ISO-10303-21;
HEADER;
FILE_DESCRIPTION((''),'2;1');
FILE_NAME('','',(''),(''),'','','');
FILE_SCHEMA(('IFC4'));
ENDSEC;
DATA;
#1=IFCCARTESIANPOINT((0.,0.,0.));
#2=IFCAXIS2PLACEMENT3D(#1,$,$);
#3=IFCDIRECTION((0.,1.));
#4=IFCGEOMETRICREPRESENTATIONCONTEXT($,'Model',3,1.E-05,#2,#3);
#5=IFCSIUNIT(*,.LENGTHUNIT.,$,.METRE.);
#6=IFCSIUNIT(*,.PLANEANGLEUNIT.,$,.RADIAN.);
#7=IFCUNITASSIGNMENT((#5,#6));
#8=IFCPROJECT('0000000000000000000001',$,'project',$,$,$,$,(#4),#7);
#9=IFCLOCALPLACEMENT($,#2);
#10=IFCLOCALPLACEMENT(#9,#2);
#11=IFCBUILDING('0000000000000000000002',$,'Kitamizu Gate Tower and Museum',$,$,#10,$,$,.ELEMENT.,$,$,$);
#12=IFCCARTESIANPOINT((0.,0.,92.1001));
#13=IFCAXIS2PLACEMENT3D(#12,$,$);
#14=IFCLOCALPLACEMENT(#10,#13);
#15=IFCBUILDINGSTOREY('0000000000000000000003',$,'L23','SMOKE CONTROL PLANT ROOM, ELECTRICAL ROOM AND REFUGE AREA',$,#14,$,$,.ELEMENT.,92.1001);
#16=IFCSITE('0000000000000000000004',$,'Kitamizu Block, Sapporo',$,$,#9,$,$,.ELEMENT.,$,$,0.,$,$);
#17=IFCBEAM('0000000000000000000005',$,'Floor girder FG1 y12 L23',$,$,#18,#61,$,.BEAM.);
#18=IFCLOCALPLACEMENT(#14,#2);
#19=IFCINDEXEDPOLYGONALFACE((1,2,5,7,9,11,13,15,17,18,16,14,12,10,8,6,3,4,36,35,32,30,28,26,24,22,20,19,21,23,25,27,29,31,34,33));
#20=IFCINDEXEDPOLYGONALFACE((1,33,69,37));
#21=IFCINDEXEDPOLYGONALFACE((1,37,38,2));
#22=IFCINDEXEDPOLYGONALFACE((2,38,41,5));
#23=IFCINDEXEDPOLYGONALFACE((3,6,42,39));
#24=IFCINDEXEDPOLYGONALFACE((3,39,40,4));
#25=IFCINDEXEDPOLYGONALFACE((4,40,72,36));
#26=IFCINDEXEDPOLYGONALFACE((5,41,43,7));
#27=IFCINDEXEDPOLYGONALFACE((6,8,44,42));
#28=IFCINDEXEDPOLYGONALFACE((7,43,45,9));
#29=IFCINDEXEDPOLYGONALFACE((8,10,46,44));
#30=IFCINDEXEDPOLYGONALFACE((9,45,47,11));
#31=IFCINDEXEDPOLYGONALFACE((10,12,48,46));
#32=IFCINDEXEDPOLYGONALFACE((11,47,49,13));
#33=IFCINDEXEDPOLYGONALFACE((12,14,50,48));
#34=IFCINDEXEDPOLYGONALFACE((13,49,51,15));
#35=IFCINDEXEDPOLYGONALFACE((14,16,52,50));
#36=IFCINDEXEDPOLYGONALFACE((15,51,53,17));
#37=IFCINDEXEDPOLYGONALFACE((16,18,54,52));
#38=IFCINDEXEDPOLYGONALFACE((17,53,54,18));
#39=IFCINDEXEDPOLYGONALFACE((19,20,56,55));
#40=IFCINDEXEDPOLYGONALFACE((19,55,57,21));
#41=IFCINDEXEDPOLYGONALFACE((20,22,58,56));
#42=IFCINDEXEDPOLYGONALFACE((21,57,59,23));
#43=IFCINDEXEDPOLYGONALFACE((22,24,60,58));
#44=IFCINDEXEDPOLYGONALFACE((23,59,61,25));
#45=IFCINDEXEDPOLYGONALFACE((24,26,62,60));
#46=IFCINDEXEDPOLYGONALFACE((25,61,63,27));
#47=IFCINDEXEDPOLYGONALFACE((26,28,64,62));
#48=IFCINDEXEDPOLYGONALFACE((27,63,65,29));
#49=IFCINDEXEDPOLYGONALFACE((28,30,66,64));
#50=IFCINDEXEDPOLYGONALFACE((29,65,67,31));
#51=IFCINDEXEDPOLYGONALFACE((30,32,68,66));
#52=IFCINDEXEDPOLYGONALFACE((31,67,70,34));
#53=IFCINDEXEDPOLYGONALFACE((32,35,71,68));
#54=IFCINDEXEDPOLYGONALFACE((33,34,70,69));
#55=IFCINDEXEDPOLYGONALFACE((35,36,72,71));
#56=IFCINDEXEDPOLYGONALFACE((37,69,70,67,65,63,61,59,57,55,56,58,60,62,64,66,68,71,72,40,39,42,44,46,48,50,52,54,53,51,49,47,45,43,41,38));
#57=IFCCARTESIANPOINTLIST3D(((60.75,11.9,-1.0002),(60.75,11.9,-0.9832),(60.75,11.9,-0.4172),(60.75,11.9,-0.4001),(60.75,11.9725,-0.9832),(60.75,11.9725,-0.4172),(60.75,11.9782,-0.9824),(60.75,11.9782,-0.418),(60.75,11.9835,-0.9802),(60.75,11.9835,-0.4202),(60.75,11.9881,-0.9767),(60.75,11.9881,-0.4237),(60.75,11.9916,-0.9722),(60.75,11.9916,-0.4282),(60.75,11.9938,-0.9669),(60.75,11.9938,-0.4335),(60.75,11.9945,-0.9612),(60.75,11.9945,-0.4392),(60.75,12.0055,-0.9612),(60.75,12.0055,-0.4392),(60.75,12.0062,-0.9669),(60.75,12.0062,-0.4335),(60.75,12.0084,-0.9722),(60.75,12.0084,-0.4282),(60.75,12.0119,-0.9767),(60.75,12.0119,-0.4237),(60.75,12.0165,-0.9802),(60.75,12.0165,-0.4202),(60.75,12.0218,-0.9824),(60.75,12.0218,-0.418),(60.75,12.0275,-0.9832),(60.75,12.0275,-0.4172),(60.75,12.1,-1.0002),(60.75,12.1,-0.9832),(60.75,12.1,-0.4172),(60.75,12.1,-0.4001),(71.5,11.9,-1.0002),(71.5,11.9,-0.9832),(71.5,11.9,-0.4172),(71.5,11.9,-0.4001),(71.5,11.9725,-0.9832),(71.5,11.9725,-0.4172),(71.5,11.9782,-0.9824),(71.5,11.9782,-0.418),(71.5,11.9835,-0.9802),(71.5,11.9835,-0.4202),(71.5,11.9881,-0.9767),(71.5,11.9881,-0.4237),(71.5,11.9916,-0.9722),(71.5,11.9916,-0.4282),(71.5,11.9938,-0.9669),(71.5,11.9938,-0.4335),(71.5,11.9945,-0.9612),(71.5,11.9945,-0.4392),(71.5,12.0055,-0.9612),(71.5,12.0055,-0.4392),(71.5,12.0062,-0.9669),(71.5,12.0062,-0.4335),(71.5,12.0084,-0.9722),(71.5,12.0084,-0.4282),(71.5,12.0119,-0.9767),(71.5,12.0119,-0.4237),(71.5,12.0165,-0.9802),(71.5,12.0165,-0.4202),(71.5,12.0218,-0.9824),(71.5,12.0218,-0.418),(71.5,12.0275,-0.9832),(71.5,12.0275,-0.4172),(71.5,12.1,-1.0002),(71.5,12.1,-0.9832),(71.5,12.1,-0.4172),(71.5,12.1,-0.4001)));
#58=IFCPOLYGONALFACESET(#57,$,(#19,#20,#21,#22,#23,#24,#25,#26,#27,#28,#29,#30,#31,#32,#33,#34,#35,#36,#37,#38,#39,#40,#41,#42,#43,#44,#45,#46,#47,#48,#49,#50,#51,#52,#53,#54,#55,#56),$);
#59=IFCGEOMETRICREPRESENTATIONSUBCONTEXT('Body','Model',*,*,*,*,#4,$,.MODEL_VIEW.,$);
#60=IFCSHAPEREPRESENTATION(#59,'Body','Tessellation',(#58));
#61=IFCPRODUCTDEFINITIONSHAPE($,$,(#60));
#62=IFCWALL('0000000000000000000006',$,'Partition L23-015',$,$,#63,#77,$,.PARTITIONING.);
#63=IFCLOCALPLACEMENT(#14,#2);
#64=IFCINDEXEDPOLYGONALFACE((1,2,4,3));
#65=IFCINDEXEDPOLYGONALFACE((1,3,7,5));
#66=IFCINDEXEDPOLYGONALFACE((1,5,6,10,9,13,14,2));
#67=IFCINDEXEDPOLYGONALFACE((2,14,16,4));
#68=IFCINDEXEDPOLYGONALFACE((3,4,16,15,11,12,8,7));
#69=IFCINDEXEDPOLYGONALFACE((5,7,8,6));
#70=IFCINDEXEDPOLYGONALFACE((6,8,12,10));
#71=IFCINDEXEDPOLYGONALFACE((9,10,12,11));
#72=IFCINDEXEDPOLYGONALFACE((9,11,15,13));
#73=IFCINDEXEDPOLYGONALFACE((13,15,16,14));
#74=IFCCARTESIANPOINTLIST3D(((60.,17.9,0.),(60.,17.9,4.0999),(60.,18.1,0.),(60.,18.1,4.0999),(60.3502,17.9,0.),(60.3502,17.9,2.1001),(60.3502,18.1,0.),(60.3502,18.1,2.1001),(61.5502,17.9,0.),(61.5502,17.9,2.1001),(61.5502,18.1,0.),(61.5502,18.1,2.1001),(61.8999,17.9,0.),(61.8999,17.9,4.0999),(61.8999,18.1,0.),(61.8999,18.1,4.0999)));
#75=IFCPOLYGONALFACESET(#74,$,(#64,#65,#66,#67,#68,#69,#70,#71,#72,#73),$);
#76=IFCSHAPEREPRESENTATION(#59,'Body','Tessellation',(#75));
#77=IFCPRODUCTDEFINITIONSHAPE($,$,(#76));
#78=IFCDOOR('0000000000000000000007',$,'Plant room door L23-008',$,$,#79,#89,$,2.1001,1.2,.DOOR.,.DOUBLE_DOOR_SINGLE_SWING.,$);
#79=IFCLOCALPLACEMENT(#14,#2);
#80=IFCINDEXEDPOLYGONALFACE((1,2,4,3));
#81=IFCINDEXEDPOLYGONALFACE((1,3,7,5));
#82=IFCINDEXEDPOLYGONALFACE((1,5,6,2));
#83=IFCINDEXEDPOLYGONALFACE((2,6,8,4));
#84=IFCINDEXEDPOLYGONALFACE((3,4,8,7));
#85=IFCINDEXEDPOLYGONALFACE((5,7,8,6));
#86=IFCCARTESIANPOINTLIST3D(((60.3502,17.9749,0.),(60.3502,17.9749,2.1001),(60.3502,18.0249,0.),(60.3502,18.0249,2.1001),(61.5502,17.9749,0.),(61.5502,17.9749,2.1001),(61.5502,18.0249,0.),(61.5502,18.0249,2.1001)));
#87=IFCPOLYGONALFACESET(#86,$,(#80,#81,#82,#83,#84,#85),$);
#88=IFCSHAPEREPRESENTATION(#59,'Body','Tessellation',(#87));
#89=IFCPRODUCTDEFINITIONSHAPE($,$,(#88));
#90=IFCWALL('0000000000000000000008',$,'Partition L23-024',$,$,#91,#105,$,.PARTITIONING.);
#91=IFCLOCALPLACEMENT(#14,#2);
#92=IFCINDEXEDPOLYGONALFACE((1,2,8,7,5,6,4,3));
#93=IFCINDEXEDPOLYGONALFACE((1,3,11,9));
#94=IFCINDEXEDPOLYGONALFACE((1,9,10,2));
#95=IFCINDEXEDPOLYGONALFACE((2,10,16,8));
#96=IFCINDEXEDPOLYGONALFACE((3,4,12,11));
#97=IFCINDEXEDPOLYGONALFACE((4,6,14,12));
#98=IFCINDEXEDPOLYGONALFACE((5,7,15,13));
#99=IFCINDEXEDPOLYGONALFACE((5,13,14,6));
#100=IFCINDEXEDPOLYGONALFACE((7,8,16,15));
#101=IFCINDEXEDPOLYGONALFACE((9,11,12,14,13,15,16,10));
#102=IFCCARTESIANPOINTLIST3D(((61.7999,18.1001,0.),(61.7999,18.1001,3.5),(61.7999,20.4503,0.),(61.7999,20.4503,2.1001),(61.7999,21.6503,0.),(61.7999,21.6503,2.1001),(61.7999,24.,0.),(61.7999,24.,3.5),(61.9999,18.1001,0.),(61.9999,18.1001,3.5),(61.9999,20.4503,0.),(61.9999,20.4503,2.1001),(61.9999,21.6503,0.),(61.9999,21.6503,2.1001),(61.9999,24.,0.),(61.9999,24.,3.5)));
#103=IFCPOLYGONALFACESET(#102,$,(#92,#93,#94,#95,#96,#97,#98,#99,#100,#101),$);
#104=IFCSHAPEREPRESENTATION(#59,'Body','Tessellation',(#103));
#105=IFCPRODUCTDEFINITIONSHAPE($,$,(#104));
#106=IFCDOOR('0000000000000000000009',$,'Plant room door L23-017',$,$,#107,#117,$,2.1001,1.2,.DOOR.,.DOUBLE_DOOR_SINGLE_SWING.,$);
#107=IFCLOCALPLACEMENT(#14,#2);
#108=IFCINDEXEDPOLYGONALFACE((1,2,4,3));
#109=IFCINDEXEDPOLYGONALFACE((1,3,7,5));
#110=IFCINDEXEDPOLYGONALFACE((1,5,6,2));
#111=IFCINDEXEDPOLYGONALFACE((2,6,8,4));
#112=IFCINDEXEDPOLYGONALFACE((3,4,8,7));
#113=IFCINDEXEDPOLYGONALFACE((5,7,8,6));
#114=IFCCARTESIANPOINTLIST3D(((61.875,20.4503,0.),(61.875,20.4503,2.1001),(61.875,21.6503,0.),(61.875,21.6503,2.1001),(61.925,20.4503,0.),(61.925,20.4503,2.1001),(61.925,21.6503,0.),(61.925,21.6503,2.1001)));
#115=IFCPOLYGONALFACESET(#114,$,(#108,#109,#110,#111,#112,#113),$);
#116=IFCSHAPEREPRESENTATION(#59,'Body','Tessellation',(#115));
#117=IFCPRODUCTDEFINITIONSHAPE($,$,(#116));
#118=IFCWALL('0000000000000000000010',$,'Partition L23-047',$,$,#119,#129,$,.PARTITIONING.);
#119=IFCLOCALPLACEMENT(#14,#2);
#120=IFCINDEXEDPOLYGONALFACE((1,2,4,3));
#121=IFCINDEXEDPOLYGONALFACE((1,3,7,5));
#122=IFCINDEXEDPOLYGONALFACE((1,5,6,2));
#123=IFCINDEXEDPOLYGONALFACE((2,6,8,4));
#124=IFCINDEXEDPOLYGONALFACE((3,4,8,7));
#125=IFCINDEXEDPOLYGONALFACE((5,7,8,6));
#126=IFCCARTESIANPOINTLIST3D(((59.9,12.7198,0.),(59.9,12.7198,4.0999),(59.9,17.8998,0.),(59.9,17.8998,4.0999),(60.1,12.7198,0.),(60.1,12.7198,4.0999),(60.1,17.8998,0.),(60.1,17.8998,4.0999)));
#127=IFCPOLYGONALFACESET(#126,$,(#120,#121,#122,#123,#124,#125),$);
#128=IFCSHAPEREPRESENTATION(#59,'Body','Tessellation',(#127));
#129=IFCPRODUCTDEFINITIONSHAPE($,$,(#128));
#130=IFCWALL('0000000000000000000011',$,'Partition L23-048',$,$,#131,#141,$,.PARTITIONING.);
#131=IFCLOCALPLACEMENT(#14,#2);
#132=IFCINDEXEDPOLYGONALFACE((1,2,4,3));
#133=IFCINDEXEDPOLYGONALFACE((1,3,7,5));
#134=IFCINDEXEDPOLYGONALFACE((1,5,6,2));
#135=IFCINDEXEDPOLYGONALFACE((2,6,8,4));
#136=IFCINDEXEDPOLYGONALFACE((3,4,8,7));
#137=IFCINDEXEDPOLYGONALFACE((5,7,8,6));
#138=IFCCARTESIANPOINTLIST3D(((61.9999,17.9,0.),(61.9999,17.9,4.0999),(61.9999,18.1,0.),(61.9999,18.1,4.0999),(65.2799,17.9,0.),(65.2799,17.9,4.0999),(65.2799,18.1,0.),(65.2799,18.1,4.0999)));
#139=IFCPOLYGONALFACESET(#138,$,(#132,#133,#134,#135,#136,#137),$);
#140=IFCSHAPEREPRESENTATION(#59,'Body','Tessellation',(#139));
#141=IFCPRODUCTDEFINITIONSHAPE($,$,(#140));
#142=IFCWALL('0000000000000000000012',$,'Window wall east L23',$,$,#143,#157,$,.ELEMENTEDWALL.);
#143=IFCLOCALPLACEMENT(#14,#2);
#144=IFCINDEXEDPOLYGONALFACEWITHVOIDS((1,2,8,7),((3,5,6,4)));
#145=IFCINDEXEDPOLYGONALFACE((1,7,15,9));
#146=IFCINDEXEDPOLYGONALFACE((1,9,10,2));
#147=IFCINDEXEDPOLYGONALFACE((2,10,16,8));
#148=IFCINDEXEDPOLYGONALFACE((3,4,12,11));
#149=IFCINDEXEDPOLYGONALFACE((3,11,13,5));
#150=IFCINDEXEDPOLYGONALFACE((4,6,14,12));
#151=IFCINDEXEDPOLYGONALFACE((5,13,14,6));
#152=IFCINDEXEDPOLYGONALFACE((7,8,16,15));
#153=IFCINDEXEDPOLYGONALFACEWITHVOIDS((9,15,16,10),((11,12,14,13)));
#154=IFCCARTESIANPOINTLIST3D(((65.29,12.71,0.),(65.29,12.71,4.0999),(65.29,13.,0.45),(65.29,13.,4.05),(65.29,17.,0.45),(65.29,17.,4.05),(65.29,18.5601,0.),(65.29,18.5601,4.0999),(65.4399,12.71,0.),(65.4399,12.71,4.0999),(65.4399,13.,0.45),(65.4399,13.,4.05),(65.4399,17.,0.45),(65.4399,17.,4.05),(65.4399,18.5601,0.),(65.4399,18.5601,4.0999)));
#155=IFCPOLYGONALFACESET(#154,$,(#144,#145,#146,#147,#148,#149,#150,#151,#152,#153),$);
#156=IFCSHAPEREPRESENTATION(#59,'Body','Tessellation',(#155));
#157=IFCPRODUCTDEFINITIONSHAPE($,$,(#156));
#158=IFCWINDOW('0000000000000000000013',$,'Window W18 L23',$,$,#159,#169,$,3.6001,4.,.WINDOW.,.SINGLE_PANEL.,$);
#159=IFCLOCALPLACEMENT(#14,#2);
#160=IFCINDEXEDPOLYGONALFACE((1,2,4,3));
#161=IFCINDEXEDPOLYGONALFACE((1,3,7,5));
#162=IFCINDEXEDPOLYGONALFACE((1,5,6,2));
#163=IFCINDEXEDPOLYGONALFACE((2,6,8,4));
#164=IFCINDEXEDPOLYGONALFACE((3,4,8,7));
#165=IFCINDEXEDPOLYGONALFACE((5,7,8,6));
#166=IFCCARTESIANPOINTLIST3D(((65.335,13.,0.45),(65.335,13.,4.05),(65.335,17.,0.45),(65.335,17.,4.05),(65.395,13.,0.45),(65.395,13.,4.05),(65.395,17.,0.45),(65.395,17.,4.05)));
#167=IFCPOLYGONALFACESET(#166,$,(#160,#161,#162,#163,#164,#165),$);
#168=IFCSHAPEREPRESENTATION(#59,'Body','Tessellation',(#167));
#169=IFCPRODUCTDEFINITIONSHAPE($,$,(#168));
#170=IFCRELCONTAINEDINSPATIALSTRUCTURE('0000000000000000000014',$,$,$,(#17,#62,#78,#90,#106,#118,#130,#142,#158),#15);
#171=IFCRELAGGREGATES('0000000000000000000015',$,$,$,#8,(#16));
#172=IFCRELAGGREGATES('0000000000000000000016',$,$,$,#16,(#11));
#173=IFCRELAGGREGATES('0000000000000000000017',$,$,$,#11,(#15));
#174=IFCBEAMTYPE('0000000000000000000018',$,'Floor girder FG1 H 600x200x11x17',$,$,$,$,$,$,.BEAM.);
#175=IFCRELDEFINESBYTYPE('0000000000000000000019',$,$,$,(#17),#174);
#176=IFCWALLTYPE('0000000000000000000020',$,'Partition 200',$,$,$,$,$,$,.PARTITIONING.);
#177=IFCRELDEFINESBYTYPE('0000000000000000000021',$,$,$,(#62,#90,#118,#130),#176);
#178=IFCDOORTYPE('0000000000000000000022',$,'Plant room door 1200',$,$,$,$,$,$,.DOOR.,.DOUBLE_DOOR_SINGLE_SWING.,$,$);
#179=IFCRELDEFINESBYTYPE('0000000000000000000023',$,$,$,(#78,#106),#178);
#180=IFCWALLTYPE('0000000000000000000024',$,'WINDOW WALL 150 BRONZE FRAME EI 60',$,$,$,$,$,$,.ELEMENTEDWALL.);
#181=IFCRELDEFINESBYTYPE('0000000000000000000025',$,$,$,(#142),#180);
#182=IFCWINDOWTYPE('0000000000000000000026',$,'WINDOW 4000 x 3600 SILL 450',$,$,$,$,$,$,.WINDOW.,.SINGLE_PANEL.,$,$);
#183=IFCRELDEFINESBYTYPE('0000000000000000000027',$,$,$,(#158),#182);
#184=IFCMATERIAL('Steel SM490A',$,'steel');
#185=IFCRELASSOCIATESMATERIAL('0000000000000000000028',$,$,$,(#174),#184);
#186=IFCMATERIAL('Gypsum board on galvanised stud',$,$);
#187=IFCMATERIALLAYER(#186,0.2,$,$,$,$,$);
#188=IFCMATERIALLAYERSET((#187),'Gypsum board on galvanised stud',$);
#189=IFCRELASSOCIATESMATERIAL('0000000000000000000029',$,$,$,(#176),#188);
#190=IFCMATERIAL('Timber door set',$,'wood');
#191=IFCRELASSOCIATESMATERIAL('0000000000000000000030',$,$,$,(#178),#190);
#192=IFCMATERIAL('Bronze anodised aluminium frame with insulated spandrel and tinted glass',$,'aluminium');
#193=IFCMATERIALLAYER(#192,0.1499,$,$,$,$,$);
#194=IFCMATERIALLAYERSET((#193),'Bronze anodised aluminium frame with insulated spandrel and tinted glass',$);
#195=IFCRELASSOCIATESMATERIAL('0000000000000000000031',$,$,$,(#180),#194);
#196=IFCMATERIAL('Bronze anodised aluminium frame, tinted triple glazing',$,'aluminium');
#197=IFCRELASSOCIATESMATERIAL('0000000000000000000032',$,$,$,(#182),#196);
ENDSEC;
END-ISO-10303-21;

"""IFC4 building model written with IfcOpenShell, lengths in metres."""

from ifc_helpers import new_model, si_unit, direction, frame, frame_2d, origin, origin_2d, place, context, subcontext, project, spatial, rectangle, i_section, extrude, material, layer, layer_set, material_profile, profile_set, type_object, element, fill, save


model = new_model("IFC4")

# Units and contexts
model_context = context("Model", 3, precision=1e-05, world=origin(), true_north=direction((0.0, 1.0)))
body_context = subcontext(model_context, "Body", "Model", "MODEL_VIEW")
ifc_project = project(units=[si_unit("LENGTHUNIT", "METRE"), si_unit("PLANEANGLEUNIT", "RADIAN")], contexts=[model_context])

# Site, building, storey
site_placement = place(None, origin())
site = spatial("IfcSite", under=ifc_project, at=site_placement, Name="Kitamizu Block, Sapporo", CompositionType="ELEMENT", RefElevation=0.0)
building_placement = place(site_placement, origin())
building = spatial("IfcBuilding", under=site, at=building_placement, Name="Kitamizu Gate Tower and Museum", CompositionType="ELEMENT")
storey_placement = place(building_placement, frame((0.0, 0.0, 92.1001)))
storey = spatial("IfcBuildingStorey", under=building, at=storey_placement, Name="L23", Description="SMOKE CONTROL PLANT ROOM, ELECTRICAL ROOM AND REFUGE AREA", CompositionType="ELEMENT", Elevation=92.1001)

# Beam
ifc_material_1 = material(Name="Steel SM490A", Category="steel")
ifc_material_profile_1 = material_profile(ifc_material_1, i_section(OverallWidth=0.2, OverallDepth=0.6001, WebThickness=0.011, FlangeThickness=0.0171, FilletRadius=0.022, at=origin_2d()), Name="H-600x200x11x17")
ifc_profile_set_1 = profile_set([ifc_material_profile_1], Name="Steel SM490A")
beam_type_1 = type_object("IfcBeamType", Name="Floor girder FG1 H 600x200x11x17", PredefinedType="BEAM", material=ifc_profile_set_1)
for number, where, z_axis, x_axis, name in (
    (1, (60.75, 12.0, -0.7002), (1.0, 0.0, 0.0), (0.0, 1.0, 0.0), "Floor girder FG1 y12 L23"),
):
    element("IfcBeam", number, at=place(storey_placement, frame(where, z_axis=z_axis, x_axis=x_axis)), inside=storey, type_object=beam_type_1, Name=name, PredefinedType="BEAM", context=body_context, shape_type="SweptSolid", body=[
        extrude(i_section(OverallWidth=0.2, OverallDepth=0.6001, WebThickness=0.011, FlangeThickness=0.0171, FilletRadius=0.022, at=origin_2d()), origin(), (0.0, 0.0, 1.0), 10.75),
    ])

# Walls, openings, doors
ifc_material_2 = material(Name="Gypsum board on galvanised stud")
ifc_layer_1 = layer(ifc_material_2, 0.2)
ifc_layer_set_1 = layer_set([ifc_layer_1], Name="Gypsum board on galvanised stud")
wall_type_1 = type_object("IfcWallType", Name="Partition 200", PredefinedType="PARTITIONING", material=ifc_layer_set_1)
wall_1_placement = place(storey_placement, frame((60.0, 18.0, 0.0), z_axis=(0.0, 0.0, 1.0), x_axis=(1.0, 0.0, 0.0)))
wall_1 = element("IfcWall", 2, at=wall_1_placement, inside=storey, type_object=wall_type_1, Name="Partition L23-015", PredefinedType="PARTITIONING", context=body_context, shape_type="SweptSolid", body=[
    extrude(rectangle(XDim=1.8999, YDim=0.2, at=frame_2d((0.95, 0.0))), origin(), (0.0, 0.0, 1.0), 4.0999),
])
opening_1_placement = place(wall_1_placement, frame((0.3501, 0.0, 0.0)))
opening_1 = element("IfcOpeningElement", 3, at=opening_1_placement, cuts=wall_1, PredefinedType="OPENING", context=body_context, shape_type="SweptSolid", body=[
    extrude(rectangle(XDim=1.2, YDim=2.1001, at=frame_2d((0.6001, 1.05))), frame((0.0, 0.1099, 0.0), z_axis=(0.0, -1.0, 0.0), x_axis=(1.0, 0.0, 0.0)), (0.0, 0.0, 1.0), 0.22),
])
ifc_material_3 = material(Name="Timber door set", Category="wood")
door_type = type_object("IfcDoorType", Name="Plant room door 1200", OperationType="DOUBLE_DOOR_SINGLE_SWING", PredefinedType="DOOR", material=ifc_material_3)
door_1_placement = place(opening_1_placement, origin())
door_1 = element("IfcDoor", 4, at=door_1_placement, inside=storey, type_object=door_type, Name="Plant room door L23-008", OperationType="DOUBLE_DOOR_SINGLE_SWING", OverallHeight=2.1001, OverallWidth=1.2, PredefinedType="DOOR", context=body_context, shape_type="SweptSolid", body=[
    extrude(rectangle(XDim=1.2, YDim=2.1001, at=frame_2d((0.6001, 1.05))), frame((0.0, 0.0249, 0.0), z_axis=(0.0, -1.0, 0.0), x_axis=(1.0, 0.0, 0.0)), (0.0, 0.0, 1.0), 0.05),
])
fill(opening_1, door_1)
wall_2_placement = place(storey_placement, frame((61.8999, 18.1001, 0.0), z_axis=(0.0, 0.0, 1.0), x_axis=(0.0, 1.0, 0.0)))
wall_2 = element("IfcWall", 5, at=wall_2_placement, inside=storey, type_object=wall_type_1, Name="Partition L23-024", PredefinedType="PARTITIONING", context=body_context, shape_type="SweptSolid", body=[
    extrude(rectangle(XDim=5.8999, YDim=0.2, at=frame_2d((2.95, 0.0))), origin(), (0.0, 0.0, 1.0), 3.5),
])
opening_2_placement = place(wall_2_placement, frame((2.3501, 0.0, 0.0)))
opening_2 = element("IfcOpeningElement", 6, at=opening_2_placement, cuts=wall_2, PredefinedType="OPENING", context=body_context, shape_type="SweptSolid", body=[
    extrude(rectangle(XDim=1.2, YDim=2.1001, at=frame_2d((0.6001, 1.05))), frame((0.0, 0.1099, 0.0), z_axis=(0.0, -1.0, 0.0), x_axis=(1.0, 0.0, 0.0)), (0.0, 0.0, 1.0), 0.22),
])
door_2_placement = place(opening_2_placement, origin())
door_2 = element("IfcDoor", 7, at=door_2_placement, inside=storey, type_object=door_type, Name="Plant room door L23-017", OperationType="DOUBLE_DOOR_SINGLE_SWING", OverallHeight=2.1001, OverallWidth=1.2, PredefinedType="DOOR", context=body_context, shape_type="SweptSolid", body=[
    extrude(rectangle(XDim=1.2, YDim=2.1001, at=frame_2d((0.6001, 1.05))), frame((0.0, 0.0249, 0.0), z_axis=(0.0, -1.0, 0.0), x_axis=(1.0, 0.0, 0.0)), (0.0, 0.0, 1.0), 0.05),
])
fill(opening_2, door_2)

# Walls
wall_3_placement = place(storey_placement, frame((60.0, 12.72, 0.0), z_axis=(0.0, 0.0, 1.0), x_axis=(0.0, 1.0, 0.0)))
element("IfcWall", 8, at=wall_3_placement, inside=storey, type_object=wall_type_1, Name="Partition L23-047", PredefinedType="PARTITIONING", context=body_context, shape_type="SweptSolid", body=[
    extrude(rectangle(XDim=5.1799, YDim=0.2, at=frame_2d((2.5898, 0.0))), origin(), (0.0, 0.0, 1.0), 4.0999),
])
wall_4_placement = place(storey_placement, frame((65.28, 18.0, 0.0), z_axis=(0.0, 0.0, 1.0), x_axis=(-1.0, 0.0, 0.0)))
element("IfcWall", 9, at=wall_4_placement, inside=storey, type_object=wall_type_1, Name="Partition L23-048", PredefinedType="PARTITIONING", context=body_context, shape_type="SweptSolid", body=[
    extrude(rectangle(XDim=3.28, YDim=0.2, at=frame_2d((1.6401, 0.0))), origin(), (0.0, 0.0, 1.0), 4.0999),
])

# Wall, opening, window
ifc_material_4 = material(Name="Bronze anodised aluminium frame with insulated spandrel and tinted glass", Category="aluminium")
ifc_layer_2 = layer(ifc_material_4, 0.1499)
ifc_layer_set_2 = layer_set([ifc_layer_2], Name="Bronze anodised aluminium frame with insulated spandrel and tinted glass")
wall_type_2 = type_object("IfcWallType", Name="WINDOW WALL 150 BRONZE FRAME EI 60", PredefinedType="ELEMENTEDWALL", material=ifc_layer_set_2)
wall_5_placement = place(storey_placement, frame((65.365, 12.71, 0.0), z_axis=(0.0, 0.0, 1.0), x_axis=(0.0, 1.0, 0.0)))
wall_5 = element("IfcWall", 10, at=wall_5_placement, inside=storey, type_object=wall_type_2, Name="Window wall east L23", PredefinedType="ELEMENTEDWALL", context=body_context, shape_type="SweptSolid", body=[
    extrude(rectangle(XDim=5.8501, YDim=0.1499, at=frame_2d((2.925, 0.0))), origin(), (0.0, 0.0, 1.0), 4.0999),
])
opening_3_placement = place(wall_5_placement, frame((0.29, 0.0, 0.45)))
opening_3 = element("IfcOpeningElement", 11, at=opening_3_placement, cuts=wall_5, PredefinedType="OPENING", context=body_context, shape_type="SweptSolid", body=[
    extrude(rectangle(XDim=4.0, YDim=3.6001, at=frame_2d((2.0, 1.8))), frame((0.0, 0.085, 0.0), z_axis=(0.0, -1.0, 0.0), x_axis=(1.0, 0.0, 0.0)), (0.0, 0.0, 1.0), 0.1699),
])
ifc_material_5 = material(Name="Bronze anodised aluminium frame, tinted triple glazing", Category="aluminium")
window_type = type_object("IfcWindowType", Name="WINDOW 4000 x 3600 SILL 450", PartitioningType="SINGLE_PANEL", PredefinedType="WINDOW", material=ifc_material_5)
window_placement = place(opening_3_placement, origin())
window = element("IfcWindow", 12, at=window_placement, inside=storey, type_object=window_type, Name="Window W18 L23", OverallHeight=3.6001, OverallWidth=4.0, PartitioningType="SINGLE_PANEL", PredefinedType="WINDOW", context=body_context, shape_type="SweptSolid", body=[
    extrude(rectangle(XDim=4.0, YDim=3.6001, at=frame_2d((2.0, 1.8))), frame((0.0, 0.03, 0.0), z_axis=(0.0, -1.0, 0.0), x_axis=(1.0, 0.0, 0.0)), (0.0, 0.0, 1.0), 0.0601),
])
fill(opening_3, window)

save(model, "model.ifc")
